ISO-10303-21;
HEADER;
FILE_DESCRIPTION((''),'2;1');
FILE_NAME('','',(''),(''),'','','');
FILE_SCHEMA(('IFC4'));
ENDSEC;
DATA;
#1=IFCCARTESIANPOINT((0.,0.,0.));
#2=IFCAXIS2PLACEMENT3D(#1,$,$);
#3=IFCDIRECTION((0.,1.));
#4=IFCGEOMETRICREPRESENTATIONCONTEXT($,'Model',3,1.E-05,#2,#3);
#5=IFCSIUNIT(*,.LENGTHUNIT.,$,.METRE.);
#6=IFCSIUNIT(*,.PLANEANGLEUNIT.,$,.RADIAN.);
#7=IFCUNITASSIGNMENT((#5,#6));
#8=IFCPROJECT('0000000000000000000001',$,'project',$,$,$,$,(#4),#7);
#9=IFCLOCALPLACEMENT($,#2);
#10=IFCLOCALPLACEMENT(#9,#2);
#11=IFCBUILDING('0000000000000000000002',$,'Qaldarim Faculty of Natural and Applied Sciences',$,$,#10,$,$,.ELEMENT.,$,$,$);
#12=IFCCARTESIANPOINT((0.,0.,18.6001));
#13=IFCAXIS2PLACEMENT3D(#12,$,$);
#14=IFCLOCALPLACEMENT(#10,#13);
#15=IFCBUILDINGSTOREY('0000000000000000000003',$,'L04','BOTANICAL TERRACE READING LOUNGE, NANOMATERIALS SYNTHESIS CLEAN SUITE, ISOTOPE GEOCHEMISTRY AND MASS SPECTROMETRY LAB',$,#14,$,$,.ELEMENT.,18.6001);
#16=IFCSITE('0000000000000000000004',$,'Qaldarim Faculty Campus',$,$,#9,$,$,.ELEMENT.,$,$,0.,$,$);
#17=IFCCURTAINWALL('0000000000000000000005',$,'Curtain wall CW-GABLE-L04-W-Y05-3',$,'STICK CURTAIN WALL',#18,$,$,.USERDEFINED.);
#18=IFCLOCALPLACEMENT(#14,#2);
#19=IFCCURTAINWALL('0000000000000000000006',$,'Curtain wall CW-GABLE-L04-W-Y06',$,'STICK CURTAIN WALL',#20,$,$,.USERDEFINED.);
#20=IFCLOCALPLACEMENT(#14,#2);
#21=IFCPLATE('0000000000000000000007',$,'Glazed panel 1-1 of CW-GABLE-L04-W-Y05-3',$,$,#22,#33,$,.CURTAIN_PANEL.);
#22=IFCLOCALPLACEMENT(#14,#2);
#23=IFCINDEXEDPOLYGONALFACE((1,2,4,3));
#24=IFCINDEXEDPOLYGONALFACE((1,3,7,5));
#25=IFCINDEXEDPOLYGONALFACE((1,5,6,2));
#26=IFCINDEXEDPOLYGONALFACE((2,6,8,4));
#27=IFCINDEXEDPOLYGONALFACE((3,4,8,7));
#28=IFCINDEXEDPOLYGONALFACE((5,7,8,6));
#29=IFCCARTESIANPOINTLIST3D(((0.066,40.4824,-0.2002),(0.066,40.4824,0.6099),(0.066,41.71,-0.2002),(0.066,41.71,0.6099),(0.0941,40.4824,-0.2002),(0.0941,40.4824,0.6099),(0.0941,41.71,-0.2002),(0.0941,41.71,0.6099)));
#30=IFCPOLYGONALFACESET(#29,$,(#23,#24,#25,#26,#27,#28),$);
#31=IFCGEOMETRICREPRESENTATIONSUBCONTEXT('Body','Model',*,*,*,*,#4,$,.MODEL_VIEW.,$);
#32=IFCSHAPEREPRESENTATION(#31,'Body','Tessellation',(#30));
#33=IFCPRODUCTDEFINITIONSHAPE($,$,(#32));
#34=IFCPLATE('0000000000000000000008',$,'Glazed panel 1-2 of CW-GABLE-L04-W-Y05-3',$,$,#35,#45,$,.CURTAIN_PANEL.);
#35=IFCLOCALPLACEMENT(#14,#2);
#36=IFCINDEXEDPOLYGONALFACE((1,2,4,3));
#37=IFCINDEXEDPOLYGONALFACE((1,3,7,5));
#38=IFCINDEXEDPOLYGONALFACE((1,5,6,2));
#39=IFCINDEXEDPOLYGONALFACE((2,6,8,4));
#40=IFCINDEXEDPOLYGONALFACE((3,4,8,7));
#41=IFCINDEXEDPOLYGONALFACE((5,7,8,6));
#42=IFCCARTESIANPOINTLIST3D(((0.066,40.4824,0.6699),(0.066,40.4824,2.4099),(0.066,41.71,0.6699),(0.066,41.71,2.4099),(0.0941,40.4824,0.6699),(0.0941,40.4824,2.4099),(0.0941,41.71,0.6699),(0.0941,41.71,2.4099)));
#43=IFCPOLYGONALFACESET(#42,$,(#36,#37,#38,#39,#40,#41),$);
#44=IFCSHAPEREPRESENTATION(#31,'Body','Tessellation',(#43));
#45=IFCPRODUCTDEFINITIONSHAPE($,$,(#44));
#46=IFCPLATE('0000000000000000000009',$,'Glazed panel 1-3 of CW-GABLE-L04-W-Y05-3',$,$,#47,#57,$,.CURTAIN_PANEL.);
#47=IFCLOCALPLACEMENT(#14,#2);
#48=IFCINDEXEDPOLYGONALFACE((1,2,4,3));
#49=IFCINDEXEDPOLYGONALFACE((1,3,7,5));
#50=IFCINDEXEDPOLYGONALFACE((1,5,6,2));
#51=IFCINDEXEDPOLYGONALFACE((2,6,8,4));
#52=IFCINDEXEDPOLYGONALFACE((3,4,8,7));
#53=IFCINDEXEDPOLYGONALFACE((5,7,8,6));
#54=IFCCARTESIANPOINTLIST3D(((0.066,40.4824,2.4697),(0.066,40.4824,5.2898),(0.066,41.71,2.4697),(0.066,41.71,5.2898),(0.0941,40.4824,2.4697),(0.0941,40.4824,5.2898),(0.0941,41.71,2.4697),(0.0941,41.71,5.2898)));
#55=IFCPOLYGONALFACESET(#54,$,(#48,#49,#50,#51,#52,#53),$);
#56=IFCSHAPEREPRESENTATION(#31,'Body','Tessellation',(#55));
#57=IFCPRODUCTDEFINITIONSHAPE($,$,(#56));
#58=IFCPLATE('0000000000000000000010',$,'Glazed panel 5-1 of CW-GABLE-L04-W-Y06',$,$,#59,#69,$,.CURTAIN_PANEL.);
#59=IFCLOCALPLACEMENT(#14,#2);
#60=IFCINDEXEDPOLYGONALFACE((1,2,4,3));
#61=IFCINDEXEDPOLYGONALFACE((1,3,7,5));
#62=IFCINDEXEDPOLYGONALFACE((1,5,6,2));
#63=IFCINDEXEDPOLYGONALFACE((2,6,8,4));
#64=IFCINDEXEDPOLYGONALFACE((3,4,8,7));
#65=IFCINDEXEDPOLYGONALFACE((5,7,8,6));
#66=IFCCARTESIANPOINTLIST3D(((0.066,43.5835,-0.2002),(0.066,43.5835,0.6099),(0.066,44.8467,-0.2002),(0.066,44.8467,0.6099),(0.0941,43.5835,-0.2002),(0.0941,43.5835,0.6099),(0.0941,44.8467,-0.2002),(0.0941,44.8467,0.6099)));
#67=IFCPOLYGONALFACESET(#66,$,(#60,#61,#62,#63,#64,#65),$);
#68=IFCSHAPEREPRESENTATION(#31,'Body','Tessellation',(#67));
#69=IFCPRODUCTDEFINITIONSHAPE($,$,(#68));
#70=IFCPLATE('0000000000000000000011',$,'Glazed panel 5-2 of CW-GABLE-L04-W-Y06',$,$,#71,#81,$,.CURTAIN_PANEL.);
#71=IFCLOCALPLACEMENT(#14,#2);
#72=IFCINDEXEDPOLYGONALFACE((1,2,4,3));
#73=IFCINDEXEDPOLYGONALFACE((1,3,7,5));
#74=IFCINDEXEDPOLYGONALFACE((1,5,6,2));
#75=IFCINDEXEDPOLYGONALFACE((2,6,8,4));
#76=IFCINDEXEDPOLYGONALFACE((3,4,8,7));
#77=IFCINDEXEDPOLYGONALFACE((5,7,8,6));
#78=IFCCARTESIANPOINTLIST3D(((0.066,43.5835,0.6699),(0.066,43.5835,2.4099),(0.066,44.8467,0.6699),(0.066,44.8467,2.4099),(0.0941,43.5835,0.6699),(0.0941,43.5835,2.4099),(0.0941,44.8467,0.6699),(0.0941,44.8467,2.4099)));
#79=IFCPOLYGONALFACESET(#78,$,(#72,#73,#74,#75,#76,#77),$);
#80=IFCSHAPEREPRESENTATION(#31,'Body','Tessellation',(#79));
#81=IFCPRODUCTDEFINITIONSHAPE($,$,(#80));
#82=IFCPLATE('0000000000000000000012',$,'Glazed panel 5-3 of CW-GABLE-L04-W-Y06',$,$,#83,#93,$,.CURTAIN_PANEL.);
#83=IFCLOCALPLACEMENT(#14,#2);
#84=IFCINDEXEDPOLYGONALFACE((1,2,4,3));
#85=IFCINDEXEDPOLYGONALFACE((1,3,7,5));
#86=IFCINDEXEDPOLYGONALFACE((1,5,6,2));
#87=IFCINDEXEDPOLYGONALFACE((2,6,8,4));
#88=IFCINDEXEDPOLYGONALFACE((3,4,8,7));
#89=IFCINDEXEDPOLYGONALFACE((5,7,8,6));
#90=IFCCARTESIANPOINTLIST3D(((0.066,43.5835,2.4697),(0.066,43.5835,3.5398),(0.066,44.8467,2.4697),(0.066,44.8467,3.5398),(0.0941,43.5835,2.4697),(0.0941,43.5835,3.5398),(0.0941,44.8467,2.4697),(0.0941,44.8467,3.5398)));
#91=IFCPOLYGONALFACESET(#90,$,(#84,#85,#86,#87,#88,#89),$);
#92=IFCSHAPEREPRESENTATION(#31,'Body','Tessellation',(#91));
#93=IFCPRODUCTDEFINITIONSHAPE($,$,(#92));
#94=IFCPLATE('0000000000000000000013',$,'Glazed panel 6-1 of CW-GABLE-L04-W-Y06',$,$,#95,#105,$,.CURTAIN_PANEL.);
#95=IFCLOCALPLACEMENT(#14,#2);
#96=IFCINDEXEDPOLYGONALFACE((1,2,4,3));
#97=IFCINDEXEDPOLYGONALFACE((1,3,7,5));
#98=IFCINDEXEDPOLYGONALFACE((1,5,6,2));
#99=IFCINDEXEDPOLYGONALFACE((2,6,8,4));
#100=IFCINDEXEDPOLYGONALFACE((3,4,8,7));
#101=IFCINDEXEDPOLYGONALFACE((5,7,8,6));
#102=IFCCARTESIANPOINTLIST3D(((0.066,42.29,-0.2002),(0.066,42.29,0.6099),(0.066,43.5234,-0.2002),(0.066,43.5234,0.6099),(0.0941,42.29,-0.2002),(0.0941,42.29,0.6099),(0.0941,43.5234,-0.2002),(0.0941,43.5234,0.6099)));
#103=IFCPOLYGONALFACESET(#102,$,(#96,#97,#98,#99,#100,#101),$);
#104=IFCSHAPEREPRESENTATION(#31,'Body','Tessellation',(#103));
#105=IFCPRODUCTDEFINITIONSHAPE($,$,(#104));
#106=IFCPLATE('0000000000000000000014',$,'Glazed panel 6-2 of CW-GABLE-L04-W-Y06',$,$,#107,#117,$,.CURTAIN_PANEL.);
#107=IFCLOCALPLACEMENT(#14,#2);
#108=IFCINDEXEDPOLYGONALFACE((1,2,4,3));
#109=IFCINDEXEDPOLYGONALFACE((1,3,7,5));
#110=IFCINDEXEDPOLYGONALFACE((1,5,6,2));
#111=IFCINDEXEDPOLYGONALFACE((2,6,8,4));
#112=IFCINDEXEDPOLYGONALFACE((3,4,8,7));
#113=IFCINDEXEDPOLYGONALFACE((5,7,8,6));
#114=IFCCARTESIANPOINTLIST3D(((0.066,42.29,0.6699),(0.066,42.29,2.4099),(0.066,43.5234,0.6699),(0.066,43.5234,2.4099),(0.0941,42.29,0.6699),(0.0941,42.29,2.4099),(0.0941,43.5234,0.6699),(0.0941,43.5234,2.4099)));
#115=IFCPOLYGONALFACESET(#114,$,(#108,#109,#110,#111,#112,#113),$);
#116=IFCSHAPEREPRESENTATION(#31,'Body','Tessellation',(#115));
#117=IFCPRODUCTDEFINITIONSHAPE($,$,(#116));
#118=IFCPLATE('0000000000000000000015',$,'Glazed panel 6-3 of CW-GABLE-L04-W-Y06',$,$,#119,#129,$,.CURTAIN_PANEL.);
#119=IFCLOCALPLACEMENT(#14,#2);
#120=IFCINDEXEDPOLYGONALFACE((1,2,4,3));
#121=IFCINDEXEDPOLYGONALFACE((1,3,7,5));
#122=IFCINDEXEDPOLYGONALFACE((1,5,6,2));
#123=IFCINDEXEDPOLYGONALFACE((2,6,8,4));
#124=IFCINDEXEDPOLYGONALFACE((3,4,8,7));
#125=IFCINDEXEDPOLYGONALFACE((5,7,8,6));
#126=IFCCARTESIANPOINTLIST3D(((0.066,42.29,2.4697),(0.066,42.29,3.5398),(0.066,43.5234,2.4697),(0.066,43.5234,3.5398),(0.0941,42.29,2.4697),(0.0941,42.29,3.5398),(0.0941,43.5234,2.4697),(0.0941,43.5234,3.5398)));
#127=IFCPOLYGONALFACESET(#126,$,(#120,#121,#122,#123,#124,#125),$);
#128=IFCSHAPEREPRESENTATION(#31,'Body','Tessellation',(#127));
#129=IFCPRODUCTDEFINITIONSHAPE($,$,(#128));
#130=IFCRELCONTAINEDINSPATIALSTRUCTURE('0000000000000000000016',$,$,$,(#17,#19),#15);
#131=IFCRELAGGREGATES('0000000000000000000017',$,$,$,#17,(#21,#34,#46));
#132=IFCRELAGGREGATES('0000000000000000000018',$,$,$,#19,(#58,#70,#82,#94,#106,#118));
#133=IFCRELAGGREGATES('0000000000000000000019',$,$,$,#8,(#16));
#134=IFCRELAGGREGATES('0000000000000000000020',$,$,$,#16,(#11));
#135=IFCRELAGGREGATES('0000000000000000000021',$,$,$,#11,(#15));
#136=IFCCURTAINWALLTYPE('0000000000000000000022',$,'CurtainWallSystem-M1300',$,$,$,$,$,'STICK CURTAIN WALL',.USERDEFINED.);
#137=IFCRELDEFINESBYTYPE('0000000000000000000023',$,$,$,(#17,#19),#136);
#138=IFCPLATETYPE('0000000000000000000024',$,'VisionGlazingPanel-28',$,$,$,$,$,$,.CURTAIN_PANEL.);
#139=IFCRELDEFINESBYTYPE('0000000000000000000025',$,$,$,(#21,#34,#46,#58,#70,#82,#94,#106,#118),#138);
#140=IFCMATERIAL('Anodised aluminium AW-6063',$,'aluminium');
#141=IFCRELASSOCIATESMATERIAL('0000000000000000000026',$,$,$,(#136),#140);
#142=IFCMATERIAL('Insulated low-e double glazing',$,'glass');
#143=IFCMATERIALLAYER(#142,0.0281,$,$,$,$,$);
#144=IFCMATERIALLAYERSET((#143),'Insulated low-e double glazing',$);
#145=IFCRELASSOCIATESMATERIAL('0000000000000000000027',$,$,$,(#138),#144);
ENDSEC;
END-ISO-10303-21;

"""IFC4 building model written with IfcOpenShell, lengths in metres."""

from ifc_helpers import new_model, si_unit, direction, frame, origin, origin_2d, place, context, subcontext, project, spatial, rectangle, extrude, material, layer, layer_set, type_object, element, aggregate, save


model = new_model("IFC4")

# Units and contexts
model_context = context("Model", 3, precision=1e-05, world=origin(), true_north=direction((0.0, 1.0)))
body_context = subcontext(model_context, "Body", "Model", "MODEL_VIEW")
ifc_project = project(units=[si_unit("LENGTHUNIT", "METRE"), si_unit("PLANEANGLEUNIT", "RADIAN")], contexts=[model_context])

# Site, building, storey
site_placement = place(None, origin())
site = spatial("IfcSite", under=ifc_project, at=site_placement, Name="Qaldarim Faculty Campus", CompositionType="ELEMENT", RefElevation=0.0)
building_placement = place(site_placement, origin())
building = spatial("IfcBuilding", under=site, at=building_placement, Name="Qaldarim Faculty of Natural and Applied Sciences", CompositionType="ELEMENT")
storey_placement = place(building_placement, frame((0.0, 0.0, 18.6001)))
storey = spatial("IfcBuildingStorey", under=building, at=storey_placement, Name="L04", Description="BOTANICAL TERRACE READING LOUNGE, NANOMATERIALS SYNTHESIS CLEAN SUITE, ISOTOPE GEOCHEMISTRY AND MASS SPECTROMETRY LAB", CompositionType="ELEMENT", Elevation=18.6001)

# Curtain wall
ifc_material_1 = material(Name="Anodised aluminium AW-6063", Category="aluminium")
curtain_wall_type = type_object("IfcCurtainWallType", Name="CurtainWallSystem-M1300", ElementType="STICK CURTAIN WALL", PredefinedType="USERDEFINED", material=ifc_material_1)
curtain_wall_1_placement = place(storey_placement, origin())
curtain_wall_1 = element("IfcCurtainWall", 1, at=curtain_wall_1_placement, inside=storey, type_object=curtain_wall_type, Name="Curtain wall CW-GABLE-L04-W-Y05-3", ObjectType="STICK CURTAIN WALL", PredefinedType="USERDEFINED")

# Curtain wall
curtain_wall_2_placement = place(storey_placement, origin())
curtain_wall_2 = element("IfcCurtainWall", 2, at=curtain_wall_2_placement, inside=storey, type_object=curtain_wall_type, Name="Curtain wall CW-GABLE-L04-W-Y06", ObjectType="STICK CURTAIN WALL", PredefinedType="USERDEFINED")

# Plates
ifc_material_2 = material(Name="Insulated low-e double glazing", Category="glass")
ifc_layer = layer(ifc_material_2, 0.0281)
ifc_layer_set = layer_set([ifc_layer], Name="Insulated low-e double glazing")
plate_type = type_object("IfcPlateType", Name="VisionGlazingPanel-28", PredefinedType="CURTAIN_PANEL", material=ifc_layer_set)
plate_1_placement = place(storey_placement, frame((0.0801, 41.0962, -0.2002), z_axis=(0.0, 0.0, 1.0), x_axis=(0.0, -1.0, 0.0)))
plate_1 = element("IfcPlate", 3, at=plate_1_placement, type_object=plate_type, Name="Glazed panel 1-1 of CW-GABLE-L04-W-Y05-3", PredefinedType="CURTAIN_PANEL", context=body_context, shape_type="SweptSolid", body=[
    extrude(rectangle(XDim=1.2275, YDim=0.0281, at=origin_2d()), origin(), (0.0, 0.0, 1.0), 0.8101),
])
plate_2_placement = place(storey_placement, frame((0.0801, 41.0962, 0.6699), z_axis=(0.0, 0.0, 1.0), x_axis=(0.0, -1.0, 0.0)))
plate_2 = element("IfcPlate", 4, at=plate_2_placement, type_object=plate_type, Name="Glazed panel 1-2 of CW-GABLE-L04-W-Y05-3", PredefinedType="CURTAIN_PANEL", context=body_context, shape_type="SweptSolid", body=[
    extrude(rectangle(XDim=1.2275, YDim=0.0281, at=origin_2d()), origin(), (0.0, 0.0, 1.0), 1.74),
])
plate_3_placement = place(storey_placement, frame((0.0801, 41.0962, 2.4697), z_axis=(0.0, 0.0, 1.0), x_axis=(0.0, -1.0, 0.0)))
plate_3 = element("IfcPlate", 5, at=plate_3_placement, type_object=plate_type, Name="Glazed panel 1-3 of CW-GABLE-L04-W-Y05-3", PredefinedType="CURTAIN_PANEL", context=body_context, shape_type="SweptSolid", body=[
    extrude(rectangle(XDim=1.2275, YDim=0.0281, at=origin_2d()), origin(), (0.0, 0.0, 1.0), 2.8201),
])
aggregate(curtain_wall_1, [plate_1, plate_2, plate_3])
plate_4_placement = place(storey_placement, frame((0.0801, 44.2151, -0.2002), z_axis=(0.0, 0.0, 1.0), x_axis=(0.0, -1.0, 0.0)))
plate_4 = element("IfcPlate", 6, at=plate_4_placement, type_object=plate_type, Name="Glazed panel 5-1 of CW-GABLE-L04-W-Y06", PredefinedType="CURTAIN_PANEL", context=body_context, shape_type="SweptSolid", body=[
    extrude(rectangle(XDim=1.2632, YDim=0.0281, at=origin_2d()), origin(), (0.0, 0.0, 1.0), 0.8101),
])
plate_5_placement = place(storey_placement, frame((0.0801, 44.2151, 0.6699), z_axis=(0.0, 0.0, 1.0), x_axis=(0.0, -1.0, 0.0)))
plate_5 = element("IfcPlate", 7, at=plate_5_placement, type_object=plate_type, Name="Glazed panel 5-2 of CW-GABLE-L04-W-Y06", PredefinedType="CURTAIN_PANEL", context=body_context, shape_type="SweptSolid", body=[
    extrude(rectangle(XDim=1.2632, YDim=0.0281, at=origin_2d()), origin(), (0.0, 0.0, 1.0), 1.74),
])
plate_6_placement = place(storey_placement, frame((0.0801, 44.2151, 2.4697), z_axis=(0.0, 0.0, 1.0), x_axis=(0.0, -1.0, 0.0)))
plate_6 = element("IfcPlate", 8, at=plate_6_placement, type_object=plate_type, Name="Glazed panel 5-3 of CW-GABLE-L04-W-Y06", PredefinedType="CURTAIN_PANEL", context=body_context, shape_type="SweptSolid", body=[
    extrude(rectangle(XDim=1.2632, YDim=0.0281, at=origin_2d()), origin(), (0.0, 0.0, 1.0), 1.0701),
])
plate_7_placement = place(storey_placement, frame((0.0801, 42.9067, -0.2002), z_axis=(0.0, 0.0, 1.0), x_axis=(0.0, -1.0, 0.0)))
plate_7 = element("IfcPlate", 9, at=plate_7_placement, type_object=plate_type, Name="Glazed panel 6-1 of CW-GABLE-L04-W-Y06", PredefinedType="CURTAIN_PANEL", context=body_context, shape_type="SweptSolid", body=[
    extrude(rectangle(XDim=1.2334, YDim=0.0281, at=origin_2d()), origin(), (0.0, 0.0, 1.0), 0.8101),
])
plate_8_placement = place(storey_placement, frame((0.0801, 42.9067, 0.6699), z_axis=(0.0, 0.0, 1.0), x_axis=(0.0, -1.0, 0.0)))
plate_8 = element("IfcPlate", 10, at=plate_8_placement, type_object=plate_type, Name="Glazed panel 6-2 of CW-GABLE-L04-W-Y06", PredefinedType="CURTAIN_PANEL", context=body_context, shape_type="SweptSolid", body=[
    extrude(rectangle(XDim=1.2334, YDim=0.0281, at=origin_2d()), origin(), (0.0, 0.0, 1.0), 1.74),
])
plate_9_placement = place(storey_placement, frame((0.0801, 42.9067, 2.4697), z_axis=(0.0, 0.0, 1.0), x_axis=(0.0, -1.0, 0.0)))
plate_9 = element("IfcPlate", 11, at=plate_9_placement, type_object=plate_type, Name="Glazed panel 6-3 of CW-GABLE-L04-W-Y06", PredefinedType="CURTAIN_PANEL", context=body_context, shape_type="SweptSolid", body=[
    extrude(rectangle(XDim=1.2334, YDim=0.0281, at=origin_2d()), origin(), (0.0, 0.0, 1.0), 1.0701),
])
aggregate(curtain_wall_2, [plate_4, plate_5, plate_6, plate_7, plate_8, plate_9])

save(model, "model.ifc")
